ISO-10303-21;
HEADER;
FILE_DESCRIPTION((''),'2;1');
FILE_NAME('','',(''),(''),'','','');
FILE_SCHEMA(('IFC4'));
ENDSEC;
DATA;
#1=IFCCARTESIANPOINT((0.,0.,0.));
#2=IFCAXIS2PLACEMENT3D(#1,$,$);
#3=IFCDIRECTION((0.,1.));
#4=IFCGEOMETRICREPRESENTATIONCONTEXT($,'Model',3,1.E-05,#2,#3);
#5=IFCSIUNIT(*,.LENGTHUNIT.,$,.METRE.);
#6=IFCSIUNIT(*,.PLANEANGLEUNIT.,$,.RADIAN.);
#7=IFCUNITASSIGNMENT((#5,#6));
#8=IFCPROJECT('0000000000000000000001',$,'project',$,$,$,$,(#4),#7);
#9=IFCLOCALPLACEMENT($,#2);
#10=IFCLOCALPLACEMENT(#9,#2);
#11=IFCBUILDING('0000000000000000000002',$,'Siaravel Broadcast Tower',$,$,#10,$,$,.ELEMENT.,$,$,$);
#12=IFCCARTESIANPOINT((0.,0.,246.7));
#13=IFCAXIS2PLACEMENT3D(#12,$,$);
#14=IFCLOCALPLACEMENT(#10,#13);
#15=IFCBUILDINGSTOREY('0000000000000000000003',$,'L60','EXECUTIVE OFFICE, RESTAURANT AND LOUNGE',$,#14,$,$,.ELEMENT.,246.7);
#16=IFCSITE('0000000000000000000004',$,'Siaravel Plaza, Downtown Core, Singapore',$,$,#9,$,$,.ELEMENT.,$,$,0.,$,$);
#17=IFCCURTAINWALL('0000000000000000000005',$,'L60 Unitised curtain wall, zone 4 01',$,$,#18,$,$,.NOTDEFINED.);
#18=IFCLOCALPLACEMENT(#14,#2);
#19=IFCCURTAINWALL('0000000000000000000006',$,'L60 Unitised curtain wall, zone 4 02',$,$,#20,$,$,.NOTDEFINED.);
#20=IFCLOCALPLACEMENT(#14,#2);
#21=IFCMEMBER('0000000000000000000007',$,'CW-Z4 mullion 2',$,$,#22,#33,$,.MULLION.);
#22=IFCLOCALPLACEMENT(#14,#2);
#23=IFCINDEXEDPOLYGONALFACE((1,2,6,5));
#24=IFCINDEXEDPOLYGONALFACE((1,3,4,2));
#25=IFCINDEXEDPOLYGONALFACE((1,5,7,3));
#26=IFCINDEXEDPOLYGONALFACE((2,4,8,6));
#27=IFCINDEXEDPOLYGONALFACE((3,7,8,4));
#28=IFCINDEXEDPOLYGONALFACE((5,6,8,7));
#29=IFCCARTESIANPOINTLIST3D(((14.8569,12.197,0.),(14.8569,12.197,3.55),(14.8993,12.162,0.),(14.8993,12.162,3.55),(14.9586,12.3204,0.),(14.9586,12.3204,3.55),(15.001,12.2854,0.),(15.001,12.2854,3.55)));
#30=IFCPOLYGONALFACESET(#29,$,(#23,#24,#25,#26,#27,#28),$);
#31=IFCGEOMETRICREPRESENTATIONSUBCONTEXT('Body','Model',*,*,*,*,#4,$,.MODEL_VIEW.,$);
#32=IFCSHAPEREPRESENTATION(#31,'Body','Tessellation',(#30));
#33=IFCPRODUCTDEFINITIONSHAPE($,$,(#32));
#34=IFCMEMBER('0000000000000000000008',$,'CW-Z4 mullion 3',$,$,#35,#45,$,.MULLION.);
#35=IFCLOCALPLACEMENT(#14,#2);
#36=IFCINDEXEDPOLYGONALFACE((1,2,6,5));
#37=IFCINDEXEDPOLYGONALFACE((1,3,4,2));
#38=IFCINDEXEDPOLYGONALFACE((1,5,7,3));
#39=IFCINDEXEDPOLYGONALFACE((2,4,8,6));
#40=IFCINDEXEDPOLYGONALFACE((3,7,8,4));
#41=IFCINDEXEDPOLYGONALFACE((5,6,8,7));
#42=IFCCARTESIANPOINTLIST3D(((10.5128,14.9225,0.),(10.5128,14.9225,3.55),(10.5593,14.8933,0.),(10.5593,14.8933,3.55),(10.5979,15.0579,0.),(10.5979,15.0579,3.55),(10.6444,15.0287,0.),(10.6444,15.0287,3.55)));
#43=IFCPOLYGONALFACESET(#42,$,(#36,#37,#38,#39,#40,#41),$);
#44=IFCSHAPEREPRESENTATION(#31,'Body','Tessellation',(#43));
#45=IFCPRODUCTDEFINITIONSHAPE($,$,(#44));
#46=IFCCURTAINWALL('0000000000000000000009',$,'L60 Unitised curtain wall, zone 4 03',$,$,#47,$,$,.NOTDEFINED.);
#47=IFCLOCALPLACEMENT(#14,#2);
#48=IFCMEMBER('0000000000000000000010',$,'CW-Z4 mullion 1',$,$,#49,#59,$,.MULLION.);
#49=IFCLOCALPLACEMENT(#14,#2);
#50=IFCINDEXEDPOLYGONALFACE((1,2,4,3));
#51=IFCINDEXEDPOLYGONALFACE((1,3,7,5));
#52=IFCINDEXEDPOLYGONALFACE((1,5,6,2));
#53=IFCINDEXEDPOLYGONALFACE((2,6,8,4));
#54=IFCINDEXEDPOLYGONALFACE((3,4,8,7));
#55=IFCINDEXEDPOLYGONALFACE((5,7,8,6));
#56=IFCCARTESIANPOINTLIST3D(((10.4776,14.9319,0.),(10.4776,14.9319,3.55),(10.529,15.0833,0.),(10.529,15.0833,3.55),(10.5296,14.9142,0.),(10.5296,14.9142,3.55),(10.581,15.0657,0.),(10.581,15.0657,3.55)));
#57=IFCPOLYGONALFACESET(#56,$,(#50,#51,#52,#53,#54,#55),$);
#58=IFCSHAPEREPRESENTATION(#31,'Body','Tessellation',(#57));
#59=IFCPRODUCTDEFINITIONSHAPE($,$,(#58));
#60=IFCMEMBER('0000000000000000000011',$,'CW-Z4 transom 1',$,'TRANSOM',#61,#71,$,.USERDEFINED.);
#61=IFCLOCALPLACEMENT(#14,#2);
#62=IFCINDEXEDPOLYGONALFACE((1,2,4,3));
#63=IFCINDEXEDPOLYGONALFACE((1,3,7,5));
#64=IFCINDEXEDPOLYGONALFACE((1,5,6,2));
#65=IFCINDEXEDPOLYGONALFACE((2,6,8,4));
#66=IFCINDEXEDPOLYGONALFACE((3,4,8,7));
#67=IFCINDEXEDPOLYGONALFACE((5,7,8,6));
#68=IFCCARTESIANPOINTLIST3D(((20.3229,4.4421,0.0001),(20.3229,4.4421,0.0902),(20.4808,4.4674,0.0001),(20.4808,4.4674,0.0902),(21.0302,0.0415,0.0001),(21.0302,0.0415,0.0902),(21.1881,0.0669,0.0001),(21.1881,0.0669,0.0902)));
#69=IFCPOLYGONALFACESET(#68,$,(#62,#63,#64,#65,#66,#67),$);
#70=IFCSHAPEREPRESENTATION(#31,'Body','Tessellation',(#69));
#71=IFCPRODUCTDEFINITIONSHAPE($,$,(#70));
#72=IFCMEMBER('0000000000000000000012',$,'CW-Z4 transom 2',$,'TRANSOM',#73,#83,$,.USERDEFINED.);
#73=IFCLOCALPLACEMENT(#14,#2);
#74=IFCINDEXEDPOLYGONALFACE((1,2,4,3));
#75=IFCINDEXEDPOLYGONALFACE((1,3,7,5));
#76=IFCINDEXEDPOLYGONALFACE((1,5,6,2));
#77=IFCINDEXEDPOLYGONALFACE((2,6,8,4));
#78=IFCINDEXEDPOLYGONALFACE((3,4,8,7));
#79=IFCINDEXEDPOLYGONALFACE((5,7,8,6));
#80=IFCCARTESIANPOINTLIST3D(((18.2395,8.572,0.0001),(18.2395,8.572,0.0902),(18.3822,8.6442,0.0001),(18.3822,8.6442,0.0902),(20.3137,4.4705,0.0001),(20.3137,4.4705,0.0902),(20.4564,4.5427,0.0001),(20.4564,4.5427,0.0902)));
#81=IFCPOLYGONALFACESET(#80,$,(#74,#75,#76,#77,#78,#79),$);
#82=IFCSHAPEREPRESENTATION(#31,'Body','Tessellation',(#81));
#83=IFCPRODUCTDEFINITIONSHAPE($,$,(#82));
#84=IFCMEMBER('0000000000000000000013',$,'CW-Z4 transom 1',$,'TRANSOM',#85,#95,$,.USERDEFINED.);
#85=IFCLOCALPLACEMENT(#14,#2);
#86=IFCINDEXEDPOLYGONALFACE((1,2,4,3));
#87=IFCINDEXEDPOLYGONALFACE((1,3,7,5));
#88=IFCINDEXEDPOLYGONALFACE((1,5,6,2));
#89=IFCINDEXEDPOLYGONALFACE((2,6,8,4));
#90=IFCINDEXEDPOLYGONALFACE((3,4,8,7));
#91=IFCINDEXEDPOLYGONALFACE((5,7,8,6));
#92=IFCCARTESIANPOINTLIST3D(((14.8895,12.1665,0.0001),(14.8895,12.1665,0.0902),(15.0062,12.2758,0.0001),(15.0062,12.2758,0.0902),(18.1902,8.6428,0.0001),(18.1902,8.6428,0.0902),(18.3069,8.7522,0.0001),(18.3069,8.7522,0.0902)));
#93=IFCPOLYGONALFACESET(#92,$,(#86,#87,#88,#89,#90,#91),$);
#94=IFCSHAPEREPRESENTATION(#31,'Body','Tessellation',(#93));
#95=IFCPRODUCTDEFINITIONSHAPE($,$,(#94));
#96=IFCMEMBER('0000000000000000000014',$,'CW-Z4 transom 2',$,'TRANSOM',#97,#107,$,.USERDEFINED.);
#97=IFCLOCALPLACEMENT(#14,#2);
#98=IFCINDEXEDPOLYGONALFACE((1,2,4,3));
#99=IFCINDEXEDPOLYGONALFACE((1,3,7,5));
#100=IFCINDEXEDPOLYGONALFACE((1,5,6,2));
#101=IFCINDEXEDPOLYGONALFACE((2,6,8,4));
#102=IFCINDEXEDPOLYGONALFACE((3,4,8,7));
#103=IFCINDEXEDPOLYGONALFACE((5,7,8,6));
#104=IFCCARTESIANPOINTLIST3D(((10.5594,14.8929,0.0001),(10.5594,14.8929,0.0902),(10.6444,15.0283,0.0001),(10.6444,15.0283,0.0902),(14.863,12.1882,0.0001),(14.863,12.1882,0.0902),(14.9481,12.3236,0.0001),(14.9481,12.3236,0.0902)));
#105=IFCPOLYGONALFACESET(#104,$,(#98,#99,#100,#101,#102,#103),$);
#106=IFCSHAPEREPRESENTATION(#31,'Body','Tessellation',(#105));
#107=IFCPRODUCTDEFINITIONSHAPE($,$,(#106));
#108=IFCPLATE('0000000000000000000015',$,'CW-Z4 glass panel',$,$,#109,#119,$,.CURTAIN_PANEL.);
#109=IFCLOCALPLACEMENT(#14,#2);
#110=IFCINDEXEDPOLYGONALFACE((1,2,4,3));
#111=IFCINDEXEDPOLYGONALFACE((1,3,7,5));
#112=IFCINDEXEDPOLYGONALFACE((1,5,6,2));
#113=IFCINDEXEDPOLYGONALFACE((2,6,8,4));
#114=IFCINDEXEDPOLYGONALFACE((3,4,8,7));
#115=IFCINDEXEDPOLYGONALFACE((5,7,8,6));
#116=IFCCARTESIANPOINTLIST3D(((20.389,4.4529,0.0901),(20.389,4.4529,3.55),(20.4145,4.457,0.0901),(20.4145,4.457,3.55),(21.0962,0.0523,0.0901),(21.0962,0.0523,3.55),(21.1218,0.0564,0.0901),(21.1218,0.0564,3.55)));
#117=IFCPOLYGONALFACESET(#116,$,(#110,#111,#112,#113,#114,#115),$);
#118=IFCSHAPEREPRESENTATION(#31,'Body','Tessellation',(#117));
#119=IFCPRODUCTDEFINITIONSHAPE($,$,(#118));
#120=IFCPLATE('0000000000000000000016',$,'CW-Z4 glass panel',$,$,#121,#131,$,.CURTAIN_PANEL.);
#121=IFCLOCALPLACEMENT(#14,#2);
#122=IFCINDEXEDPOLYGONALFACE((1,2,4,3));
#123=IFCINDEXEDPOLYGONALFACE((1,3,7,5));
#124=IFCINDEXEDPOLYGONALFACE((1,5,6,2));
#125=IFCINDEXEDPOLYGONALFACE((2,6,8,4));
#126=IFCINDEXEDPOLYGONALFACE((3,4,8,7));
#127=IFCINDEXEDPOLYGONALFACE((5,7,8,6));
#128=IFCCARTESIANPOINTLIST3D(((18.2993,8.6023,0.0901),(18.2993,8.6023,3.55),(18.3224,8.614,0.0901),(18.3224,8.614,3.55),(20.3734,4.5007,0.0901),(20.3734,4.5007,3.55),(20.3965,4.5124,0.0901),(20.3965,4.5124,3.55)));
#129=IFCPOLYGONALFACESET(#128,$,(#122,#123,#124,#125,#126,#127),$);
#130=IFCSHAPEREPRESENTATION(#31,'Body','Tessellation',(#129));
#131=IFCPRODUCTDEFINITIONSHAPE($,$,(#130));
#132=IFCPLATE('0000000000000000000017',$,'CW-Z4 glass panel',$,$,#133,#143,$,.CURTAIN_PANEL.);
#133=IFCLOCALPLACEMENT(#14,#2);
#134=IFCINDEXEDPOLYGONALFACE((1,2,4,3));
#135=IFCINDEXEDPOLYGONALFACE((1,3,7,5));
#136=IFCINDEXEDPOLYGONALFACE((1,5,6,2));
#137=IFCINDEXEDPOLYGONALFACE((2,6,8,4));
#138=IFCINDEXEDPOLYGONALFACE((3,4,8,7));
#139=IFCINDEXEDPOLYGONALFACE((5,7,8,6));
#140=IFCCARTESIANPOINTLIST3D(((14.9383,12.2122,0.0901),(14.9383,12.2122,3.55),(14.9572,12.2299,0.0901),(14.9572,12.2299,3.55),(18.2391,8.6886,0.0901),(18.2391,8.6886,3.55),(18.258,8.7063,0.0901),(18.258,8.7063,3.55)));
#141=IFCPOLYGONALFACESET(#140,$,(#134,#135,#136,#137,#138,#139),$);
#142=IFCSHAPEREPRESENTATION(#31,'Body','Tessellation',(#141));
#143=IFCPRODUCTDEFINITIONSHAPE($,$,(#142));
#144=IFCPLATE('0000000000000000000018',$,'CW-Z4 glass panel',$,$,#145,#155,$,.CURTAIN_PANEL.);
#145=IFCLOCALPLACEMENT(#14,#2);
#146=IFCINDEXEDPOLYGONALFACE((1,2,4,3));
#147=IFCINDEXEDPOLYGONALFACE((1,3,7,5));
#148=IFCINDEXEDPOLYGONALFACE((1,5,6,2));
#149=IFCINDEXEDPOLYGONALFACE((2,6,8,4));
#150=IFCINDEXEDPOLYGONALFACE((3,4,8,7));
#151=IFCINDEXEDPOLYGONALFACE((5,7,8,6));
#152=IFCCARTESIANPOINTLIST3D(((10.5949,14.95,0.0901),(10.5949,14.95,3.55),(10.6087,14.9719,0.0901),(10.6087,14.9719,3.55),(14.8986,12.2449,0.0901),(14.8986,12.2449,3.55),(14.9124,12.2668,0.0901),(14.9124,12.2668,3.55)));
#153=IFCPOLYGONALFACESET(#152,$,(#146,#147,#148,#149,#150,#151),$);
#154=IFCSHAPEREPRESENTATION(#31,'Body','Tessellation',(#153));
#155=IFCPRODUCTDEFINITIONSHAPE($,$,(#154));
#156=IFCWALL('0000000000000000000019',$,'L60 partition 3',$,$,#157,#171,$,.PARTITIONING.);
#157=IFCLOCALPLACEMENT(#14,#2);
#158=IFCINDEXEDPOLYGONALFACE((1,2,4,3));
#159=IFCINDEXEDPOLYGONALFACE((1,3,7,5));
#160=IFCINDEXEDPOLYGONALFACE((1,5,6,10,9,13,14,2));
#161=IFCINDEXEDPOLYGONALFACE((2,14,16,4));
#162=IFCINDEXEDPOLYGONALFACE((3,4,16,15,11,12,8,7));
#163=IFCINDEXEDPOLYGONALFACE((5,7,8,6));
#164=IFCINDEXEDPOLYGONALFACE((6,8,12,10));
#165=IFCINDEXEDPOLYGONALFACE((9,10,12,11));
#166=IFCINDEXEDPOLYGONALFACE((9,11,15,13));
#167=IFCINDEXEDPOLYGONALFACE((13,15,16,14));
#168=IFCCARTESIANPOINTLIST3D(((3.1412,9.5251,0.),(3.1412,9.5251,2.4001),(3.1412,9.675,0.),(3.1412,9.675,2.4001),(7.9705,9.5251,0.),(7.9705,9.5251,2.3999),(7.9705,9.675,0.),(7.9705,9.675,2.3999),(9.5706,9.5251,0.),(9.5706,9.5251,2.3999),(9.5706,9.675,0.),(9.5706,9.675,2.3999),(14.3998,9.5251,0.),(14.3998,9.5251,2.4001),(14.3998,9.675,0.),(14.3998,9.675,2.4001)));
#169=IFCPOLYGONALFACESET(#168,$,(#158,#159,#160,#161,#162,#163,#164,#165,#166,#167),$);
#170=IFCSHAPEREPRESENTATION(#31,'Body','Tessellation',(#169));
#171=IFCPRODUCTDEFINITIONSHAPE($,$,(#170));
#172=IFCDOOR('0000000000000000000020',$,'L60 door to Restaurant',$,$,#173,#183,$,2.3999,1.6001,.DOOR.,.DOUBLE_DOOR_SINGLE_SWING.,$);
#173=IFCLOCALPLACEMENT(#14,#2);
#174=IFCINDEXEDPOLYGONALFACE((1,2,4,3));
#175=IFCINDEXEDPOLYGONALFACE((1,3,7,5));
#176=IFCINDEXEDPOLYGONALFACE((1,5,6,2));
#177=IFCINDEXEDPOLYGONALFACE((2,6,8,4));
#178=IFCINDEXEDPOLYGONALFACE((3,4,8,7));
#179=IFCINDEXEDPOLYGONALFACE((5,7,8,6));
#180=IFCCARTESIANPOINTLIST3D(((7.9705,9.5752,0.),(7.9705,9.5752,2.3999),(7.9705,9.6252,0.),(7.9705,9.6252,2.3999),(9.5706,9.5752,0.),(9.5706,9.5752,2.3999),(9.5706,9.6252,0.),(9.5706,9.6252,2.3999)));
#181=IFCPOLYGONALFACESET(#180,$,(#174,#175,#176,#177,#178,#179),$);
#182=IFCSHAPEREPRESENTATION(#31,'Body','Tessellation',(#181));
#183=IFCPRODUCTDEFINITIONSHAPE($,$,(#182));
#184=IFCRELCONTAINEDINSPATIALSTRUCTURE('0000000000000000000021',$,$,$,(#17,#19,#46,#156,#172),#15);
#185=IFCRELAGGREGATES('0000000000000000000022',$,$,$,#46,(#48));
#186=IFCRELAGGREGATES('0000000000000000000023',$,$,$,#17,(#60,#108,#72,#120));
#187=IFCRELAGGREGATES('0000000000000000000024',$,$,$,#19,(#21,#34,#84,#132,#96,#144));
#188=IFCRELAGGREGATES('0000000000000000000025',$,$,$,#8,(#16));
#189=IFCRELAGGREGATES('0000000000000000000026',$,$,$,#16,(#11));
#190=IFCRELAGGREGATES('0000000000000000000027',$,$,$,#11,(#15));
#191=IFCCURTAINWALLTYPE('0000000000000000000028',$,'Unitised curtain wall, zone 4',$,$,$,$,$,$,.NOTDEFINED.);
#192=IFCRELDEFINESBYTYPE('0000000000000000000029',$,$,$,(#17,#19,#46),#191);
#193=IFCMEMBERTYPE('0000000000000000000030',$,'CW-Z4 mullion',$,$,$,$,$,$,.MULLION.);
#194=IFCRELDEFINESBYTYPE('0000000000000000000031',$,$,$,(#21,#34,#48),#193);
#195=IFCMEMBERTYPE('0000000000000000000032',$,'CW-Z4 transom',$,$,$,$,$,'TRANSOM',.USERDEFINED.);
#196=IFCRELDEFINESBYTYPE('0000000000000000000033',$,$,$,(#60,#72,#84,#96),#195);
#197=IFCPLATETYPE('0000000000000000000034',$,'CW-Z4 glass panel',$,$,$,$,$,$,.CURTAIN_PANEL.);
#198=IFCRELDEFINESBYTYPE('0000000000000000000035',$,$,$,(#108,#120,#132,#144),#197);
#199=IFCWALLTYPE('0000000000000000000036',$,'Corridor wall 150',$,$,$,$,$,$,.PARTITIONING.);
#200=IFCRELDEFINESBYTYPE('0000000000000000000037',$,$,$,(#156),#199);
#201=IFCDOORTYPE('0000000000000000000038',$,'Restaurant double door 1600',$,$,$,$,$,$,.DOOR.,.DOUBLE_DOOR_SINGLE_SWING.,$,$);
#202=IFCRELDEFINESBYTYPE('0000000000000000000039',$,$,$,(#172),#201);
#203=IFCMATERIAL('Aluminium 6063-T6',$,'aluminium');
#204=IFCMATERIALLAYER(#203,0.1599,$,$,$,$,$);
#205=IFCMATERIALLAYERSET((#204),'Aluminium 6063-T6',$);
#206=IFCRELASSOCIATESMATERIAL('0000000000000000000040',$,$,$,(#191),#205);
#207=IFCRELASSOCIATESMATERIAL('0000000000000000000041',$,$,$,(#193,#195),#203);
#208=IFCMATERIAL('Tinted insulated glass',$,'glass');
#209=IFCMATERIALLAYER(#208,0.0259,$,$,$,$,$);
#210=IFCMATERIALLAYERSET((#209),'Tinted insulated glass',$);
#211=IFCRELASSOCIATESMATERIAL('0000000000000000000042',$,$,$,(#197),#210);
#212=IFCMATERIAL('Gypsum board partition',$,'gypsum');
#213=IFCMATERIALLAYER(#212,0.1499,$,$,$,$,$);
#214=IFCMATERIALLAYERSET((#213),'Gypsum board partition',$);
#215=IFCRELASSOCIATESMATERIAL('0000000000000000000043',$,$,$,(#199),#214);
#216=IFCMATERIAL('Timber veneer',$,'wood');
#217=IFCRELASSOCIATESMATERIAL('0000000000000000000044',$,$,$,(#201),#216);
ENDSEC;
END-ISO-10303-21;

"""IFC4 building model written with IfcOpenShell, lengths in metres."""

from ifc_helpers import new_model, si_unit, direction, frame, frame_2d, origin, origin_2d, place, context, subcontext, project, spatial, rectangle, extrude, material, layer, layer_set, material_profile, profile_set, type_object, element, fill, aggregate, save


model = new_model("IFC4")

# Units and contexts
model_context = context("Model", 3, precision=1e-05, world=origin(), true_north=direction((0.0, 1.0)))
body_context = subcontext(model_context, "Body", "Model", "MODEL_VIEW")
ifc_project = project(units=[si_unit("LENGTHUNIT", "METRE"), si_unit("PLANEANGLEUNIT", "RADIAN")], contexts=[model_context])

# Site, building, storey
site_placement = place(None, origin())
site = spatial("IfcSite", under=ifc_project, at=site_placement, Name="Siaravel Plaza, Downtown Core, Singapore", CompositionType="ELEMENT", RefElevation=0.0)
building_placement = place(site_placement, origin())
building = spatial("IfcBuilding", under=site, at=building_placement, Name="Siaravel Broadcast Tower", CompositionType="ELEMENT")
storey_placement = place(building_placement, frame((0.0, 0.0, 246.7)))
storey = spatial("IfcBuildingStorey", under=building, at=storey_placement, Name="L60", Description="EXECUTIVE OFFICE, RESTAURANT AND LOUNGE", CompositionType="ELEMENT", Elevation=246.7)

# Curtain walls, members
ifc_material_1 = material(Name="Aluminium 6063-T6", Category="aluminium")
ifc_layer_1 = layer(ifc_material_1, 0.1599)
ifc_layer_set_1 = layer_set([ifc_layer_1], Name="Aluminium 6063-T6")
curtain_wall_type = type_object("IfcCurtainWallType", Name="Unitised curtain wall, zone 4", PredefinedType="NOTDEFINED", material=ifc_layer_set_1)
curtain_wall_1_placement = place(storey_placement, origin())
curtain_wall_1 = element("IfcCurtainWall", 1, at=curtain_wall_1_placement, inside=storey, type_object=curtain_wall_type, Name="L60 Unitised curtain wall, zone 4 01", PredefinedType="NOTDEFINED")
ifc_material_profile_1 = material_profile(ifc_material_1, rectangle(XDim=0.1599, YDim=0.0549, at=origin_2d()))
ifc_profile_set_1 = profile_set([ifc_material_profile_1], Name="Aluminium 6063-T6")
member_type_1 = type_object("IfcMemberType", Name="CW-Z4 mullion", PredefinedType="MULLION", material=ifc_profile_set_1)
curtain_wall_2_placement = place(storey_placement, origin())
curtain_wall_2 = element("IfcCurtainWall", 2, at=curtain_wall_2_placement, inside=storey, type_object=curtain_wall_type, Name="L60 Unitised curtain wall, zone 4 02", PredefinedType="NOTDEFINED")
member_1_placement = place(storey_placement, frame((14.929, 12.2412, 0.0), z_axis=(0.0, 0.0, 1.0), x_axis=(-0.63622, -0.771508, 0.0)))
member_1 = element("IfcMember", 3, at=member_1_placement, type_object=member_type_1, Name="CW-Z4 mullion 2", PredefinedType="MULLION", context=body_context, shape_type="SweptSolid", body=[
    extrude(rectangle(XDim=0.1599, YDim=0.0549, at=origin_2d()), origin(), (0.0, 0.0, 1.0), 3.55),
])
member_2_placement = place(storey_placement, frame((10.5786, 14.9756, 0.0), z_axis=(0.0, 0.0, 1.0), x_axis=(-0.53215, -0.84665, 0.0)))
member_2 = element("IfcMember", 4, at=member_2_placement, type_object=member_type_1, Name="CW-Z4 mullion 3", PredefinedType="MULLION", context=body_context, shape_type="SweptSolid", body=[
    extrude(rectangle(XDim=0.1599, YDim=0.0549, at=origin_2d()), origin(), (0.0, 0.0, 1.0), 3.55),
])

# Curtain wall, member
curtain_wall_3_placement = place(storey_placement, origin())
curtain_wall_3 = element("IfcCurtainWall", 5, at=curtain_wall_3_placement, inside=storey, type_object=curtain_wall_type, Name="L60 Unitised curtain wall, zone 4 03", PredefinedType="NOTDEFINED")
member_3_placement = place(storey_placement, frame((10.5293, 14.9988, 0.0), z_axis=(0.0, 0.0, 1.0), x_axis=(-0.321301, -0.946977, 0.0)))
member_3 = element("IfcMember", 6, at=member_3_placement, type_object=member_type_1, Name="CW-Z4 mullion 1", PredefinedType="MULLION", context=body_context, shape_type="SweptSolid", body=[
    extrude(rectangle(XDim=0.1599, YDim=0.0549, at=origin_2d()), origin(), (0.0, 0.0, 1.0), 3.55),
])
aggregate(curtain_wall_3, [member_3])

# Members
ifc_material_profile_2 = material_profile(ifc_material_1, rectangle(XDim=0.1599, YDim=0.0901, at=origin_2d()))
ifc_profile_set_2 = profile_set([ifc_material_profile_2], Name="Aluminium 6063-T6")
member_type_2 = type_object("IfcMemberType", Name="CW-Z4 transom", ElementType="TRANSOM", PredefinedType="USERDEFINED", material=ifc_profile_set_2)
member_4_placement = place(storey_placement, frame((21.1091, 0.0542, 0.0452), z_axis=(-0.158685, 0.987329, 0.0), x_axis=(-0.987329, -0.158685, 0.0)))
member_4 = element("IfcMember", 7, at=member_4_placement, type_object=member_type_2, Name="CW-Z4 transom 1", ObjectType="TRANSOM", PredefinedType="USERDEFINED", context=body_context, shape_type="SweptSolid", body=[
    extrude(rectangle(XDim=0.1599, YDim=0.0901, at=origin_2d()), origin(), (0.0, 0.0, 1.0), 4.457),
])
member_5_placement = place(storey_placement, frame((20.385, 4.5066, 0.0452), z_axis=(-0.451288, 0.892378, 0.0), x_axis=(-0.892378, -0.451288, 0.0)))
member_5 = element("IfcMember", 8, at=member_5_placement, type_object=member_type_2, Name="CW-Z4 transom 2", ObjectType="TRANSOM", PredefinedType="USERDEFINED", context=body_context, shape_type="SweptSolid", body=[
    extrude(rectangle(XDim=0.1599, YDim=0.0901, at=origin_2d()), origin(), (0.0, 0.0, 1.0), 4.5962),
])
member_6_placement = place(storey_placement, frame((18.2485, 8.6975, 0.0452), z_axis=(-0.683647, 0.729813, 0.0), x_axis=(-0.729813, -0.683647, 0.0)))
member_6 = element("IfcMember", 9, at=member_6_placement, type_object=member_type_2, Name="CW-Z4 transom 1", ObjectType="TRANSOM", PredefinedType="USERDEFINED", context=body_context, shape_type="SweptSolid", body=[
    extrude(rectangle(XDim=0.1599, YDim=0.0901, at=origin_2d()), origin(), (0.0, 0.0, 1.0), 4.8281),
])
member_7_placement = place(storey_placement, frame((14.9055, 12.2559, 0.0452), z_axis=(-0.846668, 0.532121, 0.0), x_axis=(-0.532121, -0.846668, 0.0)))
member_7 = element("IfcMember", 10, at=member_7_placement, type_object=member_type_2, Name="CW-Z4 transom 2", ObjectType="TRANSOM", PredefinedType="USERDEFINED", context=body_context, shape_type="SweptSolid", body=[
    extrude(rectangle(XDim=0.1599, YDim=0.0901, at=origin_2d()), origin(), (0.0, 0.0, 1.0), 5.083),
])

# Plates
ifc_material_2 = material(Name="Tinted insulated glass", Category="glass")
ifc_layer_2 = layer(ifc_material_2, 0.0259)
ifc_layer_set_2 = layer_set([ifc_layer_2], Name="Tinted insulated glass")
plate_type = type_object("IfcPlateType", Name="CW-Z4 glass panel", PredefinedType="CURTAIN_PANEL", material=ifc_layer_set_2)
plate_1_placement = place(storey_placement, frame((20.7554, 2.2546, 0.0901), z_axis=(0.0, 0.0, 1.0), x_axis=(-0.158685, 0.987329, 0.0)))
plate_1 = element("IfcPlate", 11, at=plate_1_placement, type_object=plate_type, Name="CW-Z4 glass panel", PredefinedType="CURTAIN_PANEL", context=body_context, shape_type="SweptSolid", body=[
    extrude(rectangle(XDim=4.457, YDim=0.0259, at=origin_2d()), origin(), (0.0, 0.0, 1.0), 3.46),
])
plate_2_placement = place(storey_placement, frame((19.3479, 6.5574, 0.0901), z_axis=(0.0, 0.0, 1.0), x_axis=(-0.451259, 0.892393, 0.0)))
plate_2 = element("IfcPlate", 12, at=plate_2_placement, type_object=plate_type, Name="CW-Z4 glass panel", PredefinedType="CURTAIN_PANEL", context=body_context, shape_type="SweptSolid", body=[
    extrude(rectangle(XDim=4.5962, YDim=0.0259, at=origin_2d()), origin(), (0.0, 0.0, 1.0), 3.46),
])
aggregate(curtain_wall_1, [member_4, plate_1, member_5, plate_2])
plate_3_placement = place(storey_placement, frame((16.5981, 10.4592, 0.0901), z_axis=(0.0, 0.0, 1.0), x_axis=(-0.683654, 0.729807, 0.0)))
plate_3 = element("IfcPlate", 13, at=plate_3_placement, type_object=plate_type, Name="CW-Z4 glass panel", PredefinedType="CURTAIN_PANEL", context=body_context, shape_type="SweptSolid", body=[
    extrude(rectangle(XDim=4.8281, YDim=0.0259, at=origin_2d()), origin(), (0.0, 0.0, 1.0), 3.46),
])
plate_4_placement = place(storey_placement, frame((12.7537, 13.6084, 0.0901), z_axis=(0.0, 0.0, 1.0), x_axis=(-0.84665, 0.53215, 0.0)))
plate_4 = element("IfcPlate", 14, at=plate_4_placement, type_object=plate_type, Name="CW-Z4 glass panel", PredefinedType="CURTAIN_PANEL", context=body_context, shape_type="SweptSolid", body=[
    extrude(rectangle(XDim=5.0833, YDim=0.0259, at=origin_2d()), origin(), (0.0, 0.0, 1.0), 3.46),
])
aggregate(curtain_wall_2, [member_1, member_2, member_6, plate_3, member_7, plate_4])

# Wall, opening, door
ifc_material_3 = material(Name="Gypsum board partition", Category="gypsum")
ifc_layer_3 = layer(ifc_material_3, 0.1499)
ifc_layer_set_3 = layer_set([ifc_layer_3], Name="Gypsum board partition")
wall_type_1 = type_object("IfcWallType", Name="Corridor wall 150", PredefinedType="PARTITIONING", material=ifc_layer_set_3)
wall_1_placement = place(storey_placement, frame((14.3999, 9.6001, 0.0), z_axis=(0.0, 0.0, 1.0), x_axis=(-1.0, 0.0, 0.0)))
wall_1 = element("IfcWall", 15, at=wall_1_placement, inside=storey, type_object=wall_type_1, Name="L60 partition 3", PredefinedType="PARTITIONING", context=body_context, shape_type="SweptSolid", body=[
    extrude(rectangle(XDim=11.2585, YDim=0.1499, at=frame_2d((5.6294, 0.0))), origin(), (0.0, 0.0, 1.0), 2.4001),
])
opening_placement = place(wall_1_placement, frame((4.8293, 0.0, 0.0)))
opening = element("IfcOpeningElement", 16, at=opening_placement, cuts=wall_1, PredefinedType="OPENING", context=body_context, shape_type="SweptSolid", body=[
    extrude(rectangle(XDim=1.6001, YDim=2.3999, at=frame_2d((0.8, 1.2))), frame((0.0, 0.085, 0.0), z_axis=(0.0, -1.0, 0.0), x_axis=(1.0, 0.0, 0.0)), (0.0, 0.0, 1.0), 0.1699),
])
ifc_material_4 = material(Name="Timber veneer", Category="wood")
door_type = type_object("IfcDoorType", Name="Restaurant double door 1600", OperationType="DOUBLE_DOOR_SINGLE_SWING", PredefinedType="DOOR", material=ifc_material_4)
door_placement = place(opening_placement, origin())
door = element("IfcDoor", 17, at=door_placement, inside=storey, type_object=door_type, Name="L60 door to Restaurant", OperationType="DOUBLE_DOOR_SINGLE_SWING", OverallHeight=2.3999, OverallWidth=1.6001, PredefinedType="DOOR", context=body_context, shape_type="SweptSolid", body=[
    extrude(rectangle(XDim=1.6001, YDim=2.3999, at=frame_2d((0.8, 1.2))), frame((0.0, 0.0249, 0.0), z_axis=(0.0, -1.0, 0.0), x_axis=(1.0, 0.0, 0.0)), (0.0, 0.0, 1.0), 0.05),
])
fill(opening, door)

save(model, "model.ifc")
